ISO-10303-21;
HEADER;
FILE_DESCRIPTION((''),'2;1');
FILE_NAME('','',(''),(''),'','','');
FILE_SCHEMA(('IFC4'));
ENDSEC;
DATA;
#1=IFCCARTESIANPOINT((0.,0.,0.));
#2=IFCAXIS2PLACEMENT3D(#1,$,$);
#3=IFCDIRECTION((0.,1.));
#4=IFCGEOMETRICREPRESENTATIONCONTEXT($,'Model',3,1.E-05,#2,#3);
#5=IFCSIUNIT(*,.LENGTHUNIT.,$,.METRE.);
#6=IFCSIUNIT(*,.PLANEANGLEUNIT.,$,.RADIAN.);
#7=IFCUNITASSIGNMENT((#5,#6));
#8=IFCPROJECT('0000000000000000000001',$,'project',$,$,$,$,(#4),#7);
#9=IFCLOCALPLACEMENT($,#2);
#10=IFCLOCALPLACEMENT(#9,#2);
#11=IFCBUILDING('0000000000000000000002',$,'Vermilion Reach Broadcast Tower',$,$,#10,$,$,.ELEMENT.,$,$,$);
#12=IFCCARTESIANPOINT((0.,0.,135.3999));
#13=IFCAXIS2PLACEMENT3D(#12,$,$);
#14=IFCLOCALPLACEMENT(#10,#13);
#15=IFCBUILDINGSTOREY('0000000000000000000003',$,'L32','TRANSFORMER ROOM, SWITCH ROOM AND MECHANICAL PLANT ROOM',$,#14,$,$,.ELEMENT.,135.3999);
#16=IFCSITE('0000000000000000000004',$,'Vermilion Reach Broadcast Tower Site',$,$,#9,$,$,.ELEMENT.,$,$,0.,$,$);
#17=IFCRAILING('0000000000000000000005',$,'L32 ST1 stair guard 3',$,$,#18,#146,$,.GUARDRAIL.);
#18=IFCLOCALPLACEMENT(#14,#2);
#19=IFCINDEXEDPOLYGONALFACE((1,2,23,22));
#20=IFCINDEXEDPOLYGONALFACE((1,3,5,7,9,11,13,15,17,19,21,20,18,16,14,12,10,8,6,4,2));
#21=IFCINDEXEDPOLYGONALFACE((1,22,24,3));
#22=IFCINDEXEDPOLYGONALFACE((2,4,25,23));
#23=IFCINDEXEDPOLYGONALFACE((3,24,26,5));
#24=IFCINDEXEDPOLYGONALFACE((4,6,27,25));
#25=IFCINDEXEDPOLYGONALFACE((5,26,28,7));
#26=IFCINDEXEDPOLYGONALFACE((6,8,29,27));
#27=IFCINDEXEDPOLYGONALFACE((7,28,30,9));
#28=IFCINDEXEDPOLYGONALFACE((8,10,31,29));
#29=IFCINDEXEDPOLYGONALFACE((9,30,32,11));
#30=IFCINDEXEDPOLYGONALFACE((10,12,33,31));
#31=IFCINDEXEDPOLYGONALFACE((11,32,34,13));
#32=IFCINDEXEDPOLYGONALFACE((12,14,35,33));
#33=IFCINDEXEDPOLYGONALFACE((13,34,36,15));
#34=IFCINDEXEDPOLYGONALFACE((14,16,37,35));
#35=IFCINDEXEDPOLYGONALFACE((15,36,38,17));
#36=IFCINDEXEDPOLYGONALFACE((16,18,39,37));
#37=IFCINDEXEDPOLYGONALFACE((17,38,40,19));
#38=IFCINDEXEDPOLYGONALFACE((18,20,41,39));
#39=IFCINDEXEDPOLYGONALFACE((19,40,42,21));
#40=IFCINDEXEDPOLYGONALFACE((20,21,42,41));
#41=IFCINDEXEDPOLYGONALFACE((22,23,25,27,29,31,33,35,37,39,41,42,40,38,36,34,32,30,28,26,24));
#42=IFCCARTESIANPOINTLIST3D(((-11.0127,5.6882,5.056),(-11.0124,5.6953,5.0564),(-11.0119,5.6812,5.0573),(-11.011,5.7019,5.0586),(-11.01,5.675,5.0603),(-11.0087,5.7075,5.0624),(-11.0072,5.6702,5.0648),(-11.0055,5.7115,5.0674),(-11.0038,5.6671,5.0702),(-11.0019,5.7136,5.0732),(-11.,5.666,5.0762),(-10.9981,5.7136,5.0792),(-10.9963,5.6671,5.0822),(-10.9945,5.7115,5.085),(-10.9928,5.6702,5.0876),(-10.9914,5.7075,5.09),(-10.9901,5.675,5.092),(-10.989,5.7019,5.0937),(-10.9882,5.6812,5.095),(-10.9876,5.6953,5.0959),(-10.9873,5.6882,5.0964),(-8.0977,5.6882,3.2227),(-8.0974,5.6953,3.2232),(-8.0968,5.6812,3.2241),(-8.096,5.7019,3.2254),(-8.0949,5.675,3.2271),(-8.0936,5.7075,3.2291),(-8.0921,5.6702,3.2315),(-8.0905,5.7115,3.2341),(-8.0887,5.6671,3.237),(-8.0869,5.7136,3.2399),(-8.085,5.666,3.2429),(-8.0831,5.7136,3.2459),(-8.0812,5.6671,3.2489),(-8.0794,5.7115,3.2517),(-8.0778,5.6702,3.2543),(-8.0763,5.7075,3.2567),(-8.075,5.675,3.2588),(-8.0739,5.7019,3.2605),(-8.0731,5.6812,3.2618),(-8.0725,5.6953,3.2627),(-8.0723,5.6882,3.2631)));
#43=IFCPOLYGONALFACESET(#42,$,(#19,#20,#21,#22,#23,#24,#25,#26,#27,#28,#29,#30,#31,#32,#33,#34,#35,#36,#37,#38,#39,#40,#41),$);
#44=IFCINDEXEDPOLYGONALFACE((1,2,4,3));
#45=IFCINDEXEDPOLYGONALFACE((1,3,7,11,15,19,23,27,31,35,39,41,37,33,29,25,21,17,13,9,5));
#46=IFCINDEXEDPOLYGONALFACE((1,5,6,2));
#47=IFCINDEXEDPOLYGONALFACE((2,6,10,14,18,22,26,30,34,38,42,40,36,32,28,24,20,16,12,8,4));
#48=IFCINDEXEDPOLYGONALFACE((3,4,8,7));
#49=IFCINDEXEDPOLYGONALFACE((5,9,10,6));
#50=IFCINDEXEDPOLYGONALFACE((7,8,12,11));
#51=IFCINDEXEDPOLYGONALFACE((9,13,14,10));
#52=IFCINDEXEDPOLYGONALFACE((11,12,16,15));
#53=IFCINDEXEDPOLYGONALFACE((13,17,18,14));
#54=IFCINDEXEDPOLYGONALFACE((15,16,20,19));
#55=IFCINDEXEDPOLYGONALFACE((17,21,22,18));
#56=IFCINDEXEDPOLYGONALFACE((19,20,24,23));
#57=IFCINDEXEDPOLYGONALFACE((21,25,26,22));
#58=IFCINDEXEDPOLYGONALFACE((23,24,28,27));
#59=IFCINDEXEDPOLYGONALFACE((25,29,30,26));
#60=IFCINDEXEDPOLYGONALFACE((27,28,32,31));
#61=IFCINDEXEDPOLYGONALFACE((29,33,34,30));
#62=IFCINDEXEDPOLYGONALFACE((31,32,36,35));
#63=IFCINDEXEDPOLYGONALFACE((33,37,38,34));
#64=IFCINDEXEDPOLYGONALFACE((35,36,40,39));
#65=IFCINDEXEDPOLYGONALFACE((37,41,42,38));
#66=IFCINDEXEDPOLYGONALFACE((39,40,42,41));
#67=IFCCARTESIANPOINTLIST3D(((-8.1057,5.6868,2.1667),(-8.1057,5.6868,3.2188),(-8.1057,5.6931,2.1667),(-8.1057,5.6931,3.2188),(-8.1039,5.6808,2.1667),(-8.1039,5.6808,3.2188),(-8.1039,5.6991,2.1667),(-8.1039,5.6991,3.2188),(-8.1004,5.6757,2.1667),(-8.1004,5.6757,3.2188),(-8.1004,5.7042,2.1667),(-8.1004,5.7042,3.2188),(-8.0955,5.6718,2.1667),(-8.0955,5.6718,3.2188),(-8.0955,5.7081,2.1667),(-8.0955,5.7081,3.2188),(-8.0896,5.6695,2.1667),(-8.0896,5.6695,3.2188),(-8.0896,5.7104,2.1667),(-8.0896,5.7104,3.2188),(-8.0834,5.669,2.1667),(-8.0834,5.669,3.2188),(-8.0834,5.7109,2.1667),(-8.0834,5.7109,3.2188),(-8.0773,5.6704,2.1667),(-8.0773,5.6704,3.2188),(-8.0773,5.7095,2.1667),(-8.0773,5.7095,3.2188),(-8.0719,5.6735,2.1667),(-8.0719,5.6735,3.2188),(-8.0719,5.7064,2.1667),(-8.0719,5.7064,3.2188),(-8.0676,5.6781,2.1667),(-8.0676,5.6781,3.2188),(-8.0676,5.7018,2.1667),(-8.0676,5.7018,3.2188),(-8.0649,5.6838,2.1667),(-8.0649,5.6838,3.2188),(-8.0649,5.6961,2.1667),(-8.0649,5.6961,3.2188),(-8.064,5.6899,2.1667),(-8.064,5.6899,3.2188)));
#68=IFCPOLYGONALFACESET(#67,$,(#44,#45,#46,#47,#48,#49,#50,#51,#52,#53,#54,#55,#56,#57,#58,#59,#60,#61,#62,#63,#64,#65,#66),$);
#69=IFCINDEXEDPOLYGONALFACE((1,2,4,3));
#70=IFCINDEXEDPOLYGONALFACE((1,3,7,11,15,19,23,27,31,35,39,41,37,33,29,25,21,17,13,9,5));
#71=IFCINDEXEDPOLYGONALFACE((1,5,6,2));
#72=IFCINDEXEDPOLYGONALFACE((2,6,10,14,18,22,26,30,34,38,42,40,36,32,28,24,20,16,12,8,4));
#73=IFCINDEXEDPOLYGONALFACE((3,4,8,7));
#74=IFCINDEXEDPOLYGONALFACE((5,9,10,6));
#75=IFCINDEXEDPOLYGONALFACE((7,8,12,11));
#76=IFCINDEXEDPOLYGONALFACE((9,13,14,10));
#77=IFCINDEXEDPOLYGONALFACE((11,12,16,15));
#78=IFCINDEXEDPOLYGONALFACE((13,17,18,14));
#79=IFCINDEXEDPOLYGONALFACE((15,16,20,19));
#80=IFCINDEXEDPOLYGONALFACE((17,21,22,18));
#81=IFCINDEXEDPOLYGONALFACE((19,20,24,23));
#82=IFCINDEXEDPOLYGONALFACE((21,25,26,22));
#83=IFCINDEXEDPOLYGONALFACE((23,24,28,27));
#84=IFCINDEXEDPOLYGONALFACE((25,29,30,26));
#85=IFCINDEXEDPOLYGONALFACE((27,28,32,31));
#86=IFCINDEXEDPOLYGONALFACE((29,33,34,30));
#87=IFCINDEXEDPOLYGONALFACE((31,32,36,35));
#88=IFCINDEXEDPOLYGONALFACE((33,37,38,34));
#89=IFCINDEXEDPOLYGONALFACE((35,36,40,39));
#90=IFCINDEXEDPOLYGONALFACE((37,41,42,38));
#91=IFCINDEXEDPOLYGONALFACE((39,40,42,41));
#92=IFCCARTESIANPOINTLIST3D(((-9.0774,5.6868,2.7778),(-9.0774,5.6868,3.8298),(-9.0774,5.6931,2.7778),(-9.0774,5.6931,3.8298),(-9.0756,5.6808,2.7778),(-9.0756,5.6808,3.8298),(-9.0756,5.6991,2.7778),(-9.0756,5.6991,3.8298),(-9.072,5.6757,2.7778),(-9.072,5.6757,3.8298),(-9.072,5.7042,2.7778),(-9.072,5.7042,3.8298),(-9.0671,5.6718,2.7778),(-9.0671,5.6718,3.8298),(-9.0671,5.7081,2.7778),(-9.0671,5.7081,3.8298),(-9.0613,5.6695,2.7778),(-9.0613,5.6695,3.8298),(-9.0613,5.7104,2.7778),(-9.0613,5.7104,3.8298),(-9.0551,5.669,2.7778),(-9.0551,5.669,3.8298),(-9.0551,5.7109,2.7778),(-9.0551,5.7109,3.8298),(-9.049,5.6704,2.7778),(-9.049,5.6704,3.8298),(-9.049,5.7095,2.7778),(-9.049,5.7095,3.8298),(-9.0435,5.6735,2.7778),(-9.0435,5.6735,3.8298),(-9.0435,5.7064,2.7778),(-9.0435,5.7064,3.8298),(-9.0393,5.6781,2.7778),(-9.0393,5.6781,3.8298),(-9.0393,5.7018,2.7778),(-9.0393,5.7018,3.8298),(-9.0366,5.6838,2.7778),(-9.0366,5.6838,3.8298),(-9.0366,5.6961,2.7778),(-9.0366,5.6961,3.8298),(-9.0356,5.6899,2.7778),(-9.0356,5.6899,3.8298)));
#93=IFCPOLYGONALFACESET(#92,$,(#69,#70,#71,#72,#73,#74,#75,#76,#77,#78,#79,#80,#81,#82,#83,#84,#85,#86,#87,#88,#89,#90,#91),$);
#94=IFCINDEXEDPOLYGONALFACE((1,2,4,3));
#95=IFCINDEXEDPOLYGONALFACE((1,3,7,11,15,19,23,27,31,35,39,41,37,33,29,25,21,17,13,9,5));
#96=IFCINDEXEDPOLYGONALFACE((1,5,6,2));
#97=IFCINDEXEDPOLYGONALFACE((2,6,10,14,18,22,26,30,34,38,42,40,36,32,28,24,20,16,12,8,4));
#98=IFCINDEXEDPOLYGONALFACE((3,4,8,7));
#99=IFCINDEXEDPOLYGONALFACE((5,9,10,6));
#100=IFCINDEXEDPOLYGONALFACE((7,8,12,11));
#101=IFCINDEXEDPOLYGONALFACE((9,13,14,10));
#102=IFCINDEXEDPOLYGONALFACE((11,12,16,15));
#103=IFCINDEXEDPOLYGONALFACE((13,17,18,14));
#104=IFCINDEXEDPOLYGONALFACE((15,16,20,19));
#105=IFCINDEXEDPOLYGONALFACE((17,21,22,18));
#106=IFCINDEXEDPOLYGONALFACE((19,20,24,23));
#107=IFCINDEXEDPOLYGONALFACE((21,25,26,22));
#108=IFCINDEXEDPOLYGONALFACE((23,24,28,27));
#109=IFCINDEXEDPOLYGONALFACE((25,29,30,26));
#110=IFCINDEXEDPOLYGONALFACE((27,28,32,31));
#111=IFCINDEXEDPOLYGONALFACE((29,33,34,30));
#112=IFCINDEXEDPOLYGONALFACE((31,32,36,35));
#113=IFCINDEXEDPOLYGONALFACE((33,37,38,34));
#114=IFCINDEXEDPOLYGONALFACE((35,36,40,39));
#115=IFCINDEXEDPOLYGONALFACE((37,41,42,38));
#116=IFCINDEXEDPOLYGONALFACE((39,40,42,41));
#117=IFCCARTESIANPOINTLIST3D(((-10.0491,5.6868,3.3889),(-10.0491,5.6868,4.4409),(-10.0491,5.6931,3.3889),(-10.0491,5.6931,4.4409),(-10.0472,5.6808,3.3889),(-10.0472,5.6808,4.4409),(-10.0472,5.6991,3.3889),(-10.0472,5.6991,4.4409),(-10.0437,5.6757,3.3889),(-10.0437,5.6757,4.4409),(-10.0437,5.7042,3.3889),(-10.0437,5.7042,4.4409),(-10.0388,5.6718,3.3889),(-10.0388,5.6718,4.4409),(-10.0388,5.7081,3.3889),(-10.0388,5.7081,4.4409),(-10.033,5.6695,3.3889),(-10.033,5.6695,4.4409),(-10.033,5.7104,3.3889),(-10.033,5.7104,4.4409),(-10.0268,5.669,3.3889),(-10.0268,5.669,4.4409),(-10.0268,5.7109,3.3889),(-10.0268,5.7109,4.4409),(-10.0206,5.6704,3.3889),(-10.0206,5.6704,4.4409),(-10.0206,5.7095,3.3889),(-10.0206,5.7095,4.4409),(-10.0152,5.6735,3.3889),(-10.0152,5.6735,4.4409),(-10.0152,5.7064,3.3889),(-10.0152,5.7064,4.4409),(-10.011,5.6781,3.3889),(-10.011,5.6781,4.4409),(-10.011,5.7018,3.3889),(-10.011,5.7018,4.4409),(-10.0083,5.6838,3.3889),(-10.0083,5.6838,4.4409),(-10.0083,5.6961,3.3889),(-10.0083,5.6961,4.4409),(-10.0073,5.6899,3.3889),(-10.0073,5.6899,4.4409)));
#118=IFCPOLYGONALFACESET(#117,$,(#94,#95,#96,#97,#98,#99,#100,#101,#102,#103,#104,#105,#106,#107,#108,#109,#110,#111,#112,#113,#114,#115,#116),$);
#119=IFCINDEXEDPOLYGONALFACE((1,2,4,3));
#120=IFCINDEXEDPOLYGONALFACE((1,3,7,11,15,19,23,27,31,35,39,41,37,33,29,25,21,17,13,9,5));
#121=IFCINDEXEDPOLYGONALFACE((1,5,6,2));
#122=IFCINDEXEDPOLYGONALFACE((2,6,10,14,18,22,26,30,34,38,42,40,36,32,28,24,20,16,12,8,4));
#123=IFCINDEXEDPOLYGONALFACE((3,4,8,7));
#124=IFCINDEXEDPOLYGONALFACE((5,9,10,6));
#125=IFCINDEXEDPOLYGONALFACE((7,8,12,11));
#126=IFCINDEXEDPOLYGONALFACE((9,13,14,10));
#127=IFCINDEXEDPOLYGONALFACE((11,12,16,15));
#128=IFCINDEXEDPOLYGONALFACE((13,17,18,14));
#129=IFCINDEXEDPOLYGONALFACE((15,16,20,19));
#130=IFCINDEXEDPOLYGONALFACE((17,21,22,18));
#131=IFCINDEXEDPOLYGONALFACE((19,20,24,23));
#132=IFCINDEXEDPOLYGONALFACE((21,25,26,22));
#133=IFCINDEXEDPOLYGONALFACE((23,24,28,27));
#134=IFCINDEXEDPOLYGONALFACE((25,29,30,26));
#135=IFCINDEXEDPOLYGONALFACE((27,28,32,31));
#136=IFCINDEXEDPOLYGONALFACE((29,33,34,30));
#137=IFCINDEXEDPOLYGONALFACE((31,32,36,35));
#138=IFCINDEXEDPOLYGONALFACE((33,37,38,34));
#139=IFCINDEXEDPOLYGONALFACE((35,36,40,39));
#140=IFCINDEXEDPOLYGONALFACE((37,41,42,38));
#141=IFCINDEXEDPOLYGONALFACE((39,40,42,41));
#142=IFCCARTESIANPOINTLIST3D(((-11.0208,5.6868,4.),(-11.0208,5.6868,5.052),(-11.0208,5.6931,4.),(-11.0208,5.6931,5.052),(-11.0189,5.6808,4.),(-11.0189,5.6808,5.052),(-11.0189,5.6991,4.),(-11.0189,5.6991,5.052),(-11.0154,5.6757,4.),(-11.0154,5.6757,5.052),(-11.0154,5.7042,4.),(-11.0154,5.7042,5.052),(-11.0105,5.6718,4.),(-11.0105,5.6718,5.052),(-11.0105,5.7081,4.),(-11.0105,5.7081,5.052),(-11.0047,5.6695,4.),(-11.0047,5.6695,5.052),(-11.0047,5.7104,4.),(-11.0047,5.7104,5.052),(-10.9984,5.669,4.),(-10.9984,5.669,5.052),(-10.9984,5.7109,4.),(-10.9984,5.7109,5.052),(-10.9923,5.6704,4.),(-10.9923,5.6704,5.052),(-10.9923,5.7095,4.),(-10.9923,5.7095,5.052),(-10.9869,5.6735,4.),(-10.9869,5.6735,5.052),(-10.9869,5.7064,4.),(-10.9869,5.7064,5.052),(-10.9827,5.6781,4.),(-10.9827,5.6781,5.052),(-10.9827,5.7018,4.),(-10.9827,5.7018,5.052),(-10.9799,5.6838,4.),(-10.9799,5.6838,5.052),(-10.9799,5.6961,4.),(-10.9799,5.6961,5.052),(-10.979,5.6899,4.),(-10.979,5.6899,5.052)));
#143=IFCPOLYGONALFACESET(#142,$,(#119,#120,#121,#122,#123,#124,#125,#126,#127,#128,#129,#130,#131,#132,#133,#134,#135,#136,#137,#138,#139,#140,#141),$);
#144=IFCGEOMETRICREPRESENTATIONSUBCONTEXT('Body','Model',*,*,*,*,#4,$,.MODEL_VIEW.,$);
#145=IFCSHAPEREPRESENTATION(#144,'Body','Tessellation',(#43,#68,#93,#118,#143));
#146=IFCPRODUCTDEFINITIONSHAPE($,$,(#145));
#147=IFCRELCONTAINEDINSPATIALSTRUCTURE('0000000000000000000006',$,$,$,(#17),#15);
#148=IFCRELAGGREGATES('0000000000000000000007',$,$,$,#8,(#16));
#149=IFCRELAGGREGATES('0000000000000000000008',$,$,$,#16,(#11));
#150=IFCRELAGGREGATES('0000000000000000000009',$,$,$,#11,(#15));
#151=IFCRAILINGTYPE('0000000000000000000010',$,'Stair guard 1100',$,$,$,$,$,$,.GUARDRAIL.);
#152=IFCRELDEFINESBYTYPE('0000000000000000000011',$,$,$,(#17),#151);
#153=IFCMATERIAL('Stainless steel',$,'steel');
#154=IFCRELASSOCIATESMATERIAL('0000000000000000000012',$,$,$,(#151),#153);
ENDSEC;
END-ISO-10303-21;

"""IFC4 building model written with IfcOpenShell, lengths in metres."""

from ifc_helpers import new_model, si_unit, direction, frame, origin, origin_2d, place, context, subcontext, project, spatial, circle, extrude, material, type_object, element, save


model = new_model("IFC4")

# Units and contexts
model_context = context("Model", 3, precision=1e-05, world=origin(), true_north=direction((0.0, 1.0)))
body_context = subcontext(model_context, "Body", "Model", "MODEL_VIEW")
ifc_project = project(units=[si_unit("LENGTHUNIT", "METRE"), si_unit("PLANEANGLEUNIT", "RADIAN")], contexts=[model_context])

# Site, building, storey
site_placement = place(None, origin())
site = spatial("IfcSite", under=ifc_project, at=site_placement, Name="Vermilion Reach Broadcast Tower Site", CompositionType="ELEMENT", RefElevation=0.0)
building_placement = place(site_placement, origin())
building = spatial("IfcBuilding", under=site, at=building_placement, Name="Vermilion Reach Broadcast Tower", CompositionType="ELEMENT")
storey_placement = place(building_placement, frame((0.0, 0.0, 135.3999)))
storey = spatial("IfcBuildingStorey", under=building, at=storey_placement, Name="L32", Description="TRANSFORMER ROOM, SWITCH ROOM AND MECHANICAL PLANT ROOM", CompositionType="ELEMENT", Elevation=135.3999)

# Railing
ifc_material_1 = material(Name="Stainless steel", Category="steel")
railing_type_1 = type_object("IfcRailingType", Name="Stair guard 1100", PredefinedType="GUARDRAIL", material=ifc_material_1)
railing_1_placement = place(storey_placement, frame((-8.085, 5.6899, 2.1667)))
element("IfcRailing", 1, at=railing_1_placement, inside=storey, type_object=railing_type_1, Name="L32 ST1 stair guard 3", PredefinedType="GUARDRAIL", context=body_context, shape_type="SweptSolid", body=[
    extrude(circle(Radius=0.0239, at=origin_2d()), frame((0.0, 0.0, 1.0762), z_axis=(-0.846513, 0.0, 0.532368), x_axis=(0.0, -1.0, 0.0)), (0.0, 0.0, 1.0), 3.4436),
    extrude(circle(Radius=0.021, at=origin_2d()), origin(), (0.0, 0.0, 1.0), 1.052),
    extrude(circle(Radius=0.021, at=origin_2d()), frame((-0.9717, 0.0, 0.6111)), (0.0, 0.0, 1.0), 1.052),
    extrude(circle(Radius=0.021, at=origin_2d()), frame((-1.9434, 0.0, 1.2222)), (0.0, 0.0, 1.0), 1.052),
    extrude(circle(Radius=0.021, at=origin_2d()), frame((-2.915, 0.0, 1.8333)), (0.0, 0.0, 1.0), 1.052),
])

save(model, "model.ifc")
